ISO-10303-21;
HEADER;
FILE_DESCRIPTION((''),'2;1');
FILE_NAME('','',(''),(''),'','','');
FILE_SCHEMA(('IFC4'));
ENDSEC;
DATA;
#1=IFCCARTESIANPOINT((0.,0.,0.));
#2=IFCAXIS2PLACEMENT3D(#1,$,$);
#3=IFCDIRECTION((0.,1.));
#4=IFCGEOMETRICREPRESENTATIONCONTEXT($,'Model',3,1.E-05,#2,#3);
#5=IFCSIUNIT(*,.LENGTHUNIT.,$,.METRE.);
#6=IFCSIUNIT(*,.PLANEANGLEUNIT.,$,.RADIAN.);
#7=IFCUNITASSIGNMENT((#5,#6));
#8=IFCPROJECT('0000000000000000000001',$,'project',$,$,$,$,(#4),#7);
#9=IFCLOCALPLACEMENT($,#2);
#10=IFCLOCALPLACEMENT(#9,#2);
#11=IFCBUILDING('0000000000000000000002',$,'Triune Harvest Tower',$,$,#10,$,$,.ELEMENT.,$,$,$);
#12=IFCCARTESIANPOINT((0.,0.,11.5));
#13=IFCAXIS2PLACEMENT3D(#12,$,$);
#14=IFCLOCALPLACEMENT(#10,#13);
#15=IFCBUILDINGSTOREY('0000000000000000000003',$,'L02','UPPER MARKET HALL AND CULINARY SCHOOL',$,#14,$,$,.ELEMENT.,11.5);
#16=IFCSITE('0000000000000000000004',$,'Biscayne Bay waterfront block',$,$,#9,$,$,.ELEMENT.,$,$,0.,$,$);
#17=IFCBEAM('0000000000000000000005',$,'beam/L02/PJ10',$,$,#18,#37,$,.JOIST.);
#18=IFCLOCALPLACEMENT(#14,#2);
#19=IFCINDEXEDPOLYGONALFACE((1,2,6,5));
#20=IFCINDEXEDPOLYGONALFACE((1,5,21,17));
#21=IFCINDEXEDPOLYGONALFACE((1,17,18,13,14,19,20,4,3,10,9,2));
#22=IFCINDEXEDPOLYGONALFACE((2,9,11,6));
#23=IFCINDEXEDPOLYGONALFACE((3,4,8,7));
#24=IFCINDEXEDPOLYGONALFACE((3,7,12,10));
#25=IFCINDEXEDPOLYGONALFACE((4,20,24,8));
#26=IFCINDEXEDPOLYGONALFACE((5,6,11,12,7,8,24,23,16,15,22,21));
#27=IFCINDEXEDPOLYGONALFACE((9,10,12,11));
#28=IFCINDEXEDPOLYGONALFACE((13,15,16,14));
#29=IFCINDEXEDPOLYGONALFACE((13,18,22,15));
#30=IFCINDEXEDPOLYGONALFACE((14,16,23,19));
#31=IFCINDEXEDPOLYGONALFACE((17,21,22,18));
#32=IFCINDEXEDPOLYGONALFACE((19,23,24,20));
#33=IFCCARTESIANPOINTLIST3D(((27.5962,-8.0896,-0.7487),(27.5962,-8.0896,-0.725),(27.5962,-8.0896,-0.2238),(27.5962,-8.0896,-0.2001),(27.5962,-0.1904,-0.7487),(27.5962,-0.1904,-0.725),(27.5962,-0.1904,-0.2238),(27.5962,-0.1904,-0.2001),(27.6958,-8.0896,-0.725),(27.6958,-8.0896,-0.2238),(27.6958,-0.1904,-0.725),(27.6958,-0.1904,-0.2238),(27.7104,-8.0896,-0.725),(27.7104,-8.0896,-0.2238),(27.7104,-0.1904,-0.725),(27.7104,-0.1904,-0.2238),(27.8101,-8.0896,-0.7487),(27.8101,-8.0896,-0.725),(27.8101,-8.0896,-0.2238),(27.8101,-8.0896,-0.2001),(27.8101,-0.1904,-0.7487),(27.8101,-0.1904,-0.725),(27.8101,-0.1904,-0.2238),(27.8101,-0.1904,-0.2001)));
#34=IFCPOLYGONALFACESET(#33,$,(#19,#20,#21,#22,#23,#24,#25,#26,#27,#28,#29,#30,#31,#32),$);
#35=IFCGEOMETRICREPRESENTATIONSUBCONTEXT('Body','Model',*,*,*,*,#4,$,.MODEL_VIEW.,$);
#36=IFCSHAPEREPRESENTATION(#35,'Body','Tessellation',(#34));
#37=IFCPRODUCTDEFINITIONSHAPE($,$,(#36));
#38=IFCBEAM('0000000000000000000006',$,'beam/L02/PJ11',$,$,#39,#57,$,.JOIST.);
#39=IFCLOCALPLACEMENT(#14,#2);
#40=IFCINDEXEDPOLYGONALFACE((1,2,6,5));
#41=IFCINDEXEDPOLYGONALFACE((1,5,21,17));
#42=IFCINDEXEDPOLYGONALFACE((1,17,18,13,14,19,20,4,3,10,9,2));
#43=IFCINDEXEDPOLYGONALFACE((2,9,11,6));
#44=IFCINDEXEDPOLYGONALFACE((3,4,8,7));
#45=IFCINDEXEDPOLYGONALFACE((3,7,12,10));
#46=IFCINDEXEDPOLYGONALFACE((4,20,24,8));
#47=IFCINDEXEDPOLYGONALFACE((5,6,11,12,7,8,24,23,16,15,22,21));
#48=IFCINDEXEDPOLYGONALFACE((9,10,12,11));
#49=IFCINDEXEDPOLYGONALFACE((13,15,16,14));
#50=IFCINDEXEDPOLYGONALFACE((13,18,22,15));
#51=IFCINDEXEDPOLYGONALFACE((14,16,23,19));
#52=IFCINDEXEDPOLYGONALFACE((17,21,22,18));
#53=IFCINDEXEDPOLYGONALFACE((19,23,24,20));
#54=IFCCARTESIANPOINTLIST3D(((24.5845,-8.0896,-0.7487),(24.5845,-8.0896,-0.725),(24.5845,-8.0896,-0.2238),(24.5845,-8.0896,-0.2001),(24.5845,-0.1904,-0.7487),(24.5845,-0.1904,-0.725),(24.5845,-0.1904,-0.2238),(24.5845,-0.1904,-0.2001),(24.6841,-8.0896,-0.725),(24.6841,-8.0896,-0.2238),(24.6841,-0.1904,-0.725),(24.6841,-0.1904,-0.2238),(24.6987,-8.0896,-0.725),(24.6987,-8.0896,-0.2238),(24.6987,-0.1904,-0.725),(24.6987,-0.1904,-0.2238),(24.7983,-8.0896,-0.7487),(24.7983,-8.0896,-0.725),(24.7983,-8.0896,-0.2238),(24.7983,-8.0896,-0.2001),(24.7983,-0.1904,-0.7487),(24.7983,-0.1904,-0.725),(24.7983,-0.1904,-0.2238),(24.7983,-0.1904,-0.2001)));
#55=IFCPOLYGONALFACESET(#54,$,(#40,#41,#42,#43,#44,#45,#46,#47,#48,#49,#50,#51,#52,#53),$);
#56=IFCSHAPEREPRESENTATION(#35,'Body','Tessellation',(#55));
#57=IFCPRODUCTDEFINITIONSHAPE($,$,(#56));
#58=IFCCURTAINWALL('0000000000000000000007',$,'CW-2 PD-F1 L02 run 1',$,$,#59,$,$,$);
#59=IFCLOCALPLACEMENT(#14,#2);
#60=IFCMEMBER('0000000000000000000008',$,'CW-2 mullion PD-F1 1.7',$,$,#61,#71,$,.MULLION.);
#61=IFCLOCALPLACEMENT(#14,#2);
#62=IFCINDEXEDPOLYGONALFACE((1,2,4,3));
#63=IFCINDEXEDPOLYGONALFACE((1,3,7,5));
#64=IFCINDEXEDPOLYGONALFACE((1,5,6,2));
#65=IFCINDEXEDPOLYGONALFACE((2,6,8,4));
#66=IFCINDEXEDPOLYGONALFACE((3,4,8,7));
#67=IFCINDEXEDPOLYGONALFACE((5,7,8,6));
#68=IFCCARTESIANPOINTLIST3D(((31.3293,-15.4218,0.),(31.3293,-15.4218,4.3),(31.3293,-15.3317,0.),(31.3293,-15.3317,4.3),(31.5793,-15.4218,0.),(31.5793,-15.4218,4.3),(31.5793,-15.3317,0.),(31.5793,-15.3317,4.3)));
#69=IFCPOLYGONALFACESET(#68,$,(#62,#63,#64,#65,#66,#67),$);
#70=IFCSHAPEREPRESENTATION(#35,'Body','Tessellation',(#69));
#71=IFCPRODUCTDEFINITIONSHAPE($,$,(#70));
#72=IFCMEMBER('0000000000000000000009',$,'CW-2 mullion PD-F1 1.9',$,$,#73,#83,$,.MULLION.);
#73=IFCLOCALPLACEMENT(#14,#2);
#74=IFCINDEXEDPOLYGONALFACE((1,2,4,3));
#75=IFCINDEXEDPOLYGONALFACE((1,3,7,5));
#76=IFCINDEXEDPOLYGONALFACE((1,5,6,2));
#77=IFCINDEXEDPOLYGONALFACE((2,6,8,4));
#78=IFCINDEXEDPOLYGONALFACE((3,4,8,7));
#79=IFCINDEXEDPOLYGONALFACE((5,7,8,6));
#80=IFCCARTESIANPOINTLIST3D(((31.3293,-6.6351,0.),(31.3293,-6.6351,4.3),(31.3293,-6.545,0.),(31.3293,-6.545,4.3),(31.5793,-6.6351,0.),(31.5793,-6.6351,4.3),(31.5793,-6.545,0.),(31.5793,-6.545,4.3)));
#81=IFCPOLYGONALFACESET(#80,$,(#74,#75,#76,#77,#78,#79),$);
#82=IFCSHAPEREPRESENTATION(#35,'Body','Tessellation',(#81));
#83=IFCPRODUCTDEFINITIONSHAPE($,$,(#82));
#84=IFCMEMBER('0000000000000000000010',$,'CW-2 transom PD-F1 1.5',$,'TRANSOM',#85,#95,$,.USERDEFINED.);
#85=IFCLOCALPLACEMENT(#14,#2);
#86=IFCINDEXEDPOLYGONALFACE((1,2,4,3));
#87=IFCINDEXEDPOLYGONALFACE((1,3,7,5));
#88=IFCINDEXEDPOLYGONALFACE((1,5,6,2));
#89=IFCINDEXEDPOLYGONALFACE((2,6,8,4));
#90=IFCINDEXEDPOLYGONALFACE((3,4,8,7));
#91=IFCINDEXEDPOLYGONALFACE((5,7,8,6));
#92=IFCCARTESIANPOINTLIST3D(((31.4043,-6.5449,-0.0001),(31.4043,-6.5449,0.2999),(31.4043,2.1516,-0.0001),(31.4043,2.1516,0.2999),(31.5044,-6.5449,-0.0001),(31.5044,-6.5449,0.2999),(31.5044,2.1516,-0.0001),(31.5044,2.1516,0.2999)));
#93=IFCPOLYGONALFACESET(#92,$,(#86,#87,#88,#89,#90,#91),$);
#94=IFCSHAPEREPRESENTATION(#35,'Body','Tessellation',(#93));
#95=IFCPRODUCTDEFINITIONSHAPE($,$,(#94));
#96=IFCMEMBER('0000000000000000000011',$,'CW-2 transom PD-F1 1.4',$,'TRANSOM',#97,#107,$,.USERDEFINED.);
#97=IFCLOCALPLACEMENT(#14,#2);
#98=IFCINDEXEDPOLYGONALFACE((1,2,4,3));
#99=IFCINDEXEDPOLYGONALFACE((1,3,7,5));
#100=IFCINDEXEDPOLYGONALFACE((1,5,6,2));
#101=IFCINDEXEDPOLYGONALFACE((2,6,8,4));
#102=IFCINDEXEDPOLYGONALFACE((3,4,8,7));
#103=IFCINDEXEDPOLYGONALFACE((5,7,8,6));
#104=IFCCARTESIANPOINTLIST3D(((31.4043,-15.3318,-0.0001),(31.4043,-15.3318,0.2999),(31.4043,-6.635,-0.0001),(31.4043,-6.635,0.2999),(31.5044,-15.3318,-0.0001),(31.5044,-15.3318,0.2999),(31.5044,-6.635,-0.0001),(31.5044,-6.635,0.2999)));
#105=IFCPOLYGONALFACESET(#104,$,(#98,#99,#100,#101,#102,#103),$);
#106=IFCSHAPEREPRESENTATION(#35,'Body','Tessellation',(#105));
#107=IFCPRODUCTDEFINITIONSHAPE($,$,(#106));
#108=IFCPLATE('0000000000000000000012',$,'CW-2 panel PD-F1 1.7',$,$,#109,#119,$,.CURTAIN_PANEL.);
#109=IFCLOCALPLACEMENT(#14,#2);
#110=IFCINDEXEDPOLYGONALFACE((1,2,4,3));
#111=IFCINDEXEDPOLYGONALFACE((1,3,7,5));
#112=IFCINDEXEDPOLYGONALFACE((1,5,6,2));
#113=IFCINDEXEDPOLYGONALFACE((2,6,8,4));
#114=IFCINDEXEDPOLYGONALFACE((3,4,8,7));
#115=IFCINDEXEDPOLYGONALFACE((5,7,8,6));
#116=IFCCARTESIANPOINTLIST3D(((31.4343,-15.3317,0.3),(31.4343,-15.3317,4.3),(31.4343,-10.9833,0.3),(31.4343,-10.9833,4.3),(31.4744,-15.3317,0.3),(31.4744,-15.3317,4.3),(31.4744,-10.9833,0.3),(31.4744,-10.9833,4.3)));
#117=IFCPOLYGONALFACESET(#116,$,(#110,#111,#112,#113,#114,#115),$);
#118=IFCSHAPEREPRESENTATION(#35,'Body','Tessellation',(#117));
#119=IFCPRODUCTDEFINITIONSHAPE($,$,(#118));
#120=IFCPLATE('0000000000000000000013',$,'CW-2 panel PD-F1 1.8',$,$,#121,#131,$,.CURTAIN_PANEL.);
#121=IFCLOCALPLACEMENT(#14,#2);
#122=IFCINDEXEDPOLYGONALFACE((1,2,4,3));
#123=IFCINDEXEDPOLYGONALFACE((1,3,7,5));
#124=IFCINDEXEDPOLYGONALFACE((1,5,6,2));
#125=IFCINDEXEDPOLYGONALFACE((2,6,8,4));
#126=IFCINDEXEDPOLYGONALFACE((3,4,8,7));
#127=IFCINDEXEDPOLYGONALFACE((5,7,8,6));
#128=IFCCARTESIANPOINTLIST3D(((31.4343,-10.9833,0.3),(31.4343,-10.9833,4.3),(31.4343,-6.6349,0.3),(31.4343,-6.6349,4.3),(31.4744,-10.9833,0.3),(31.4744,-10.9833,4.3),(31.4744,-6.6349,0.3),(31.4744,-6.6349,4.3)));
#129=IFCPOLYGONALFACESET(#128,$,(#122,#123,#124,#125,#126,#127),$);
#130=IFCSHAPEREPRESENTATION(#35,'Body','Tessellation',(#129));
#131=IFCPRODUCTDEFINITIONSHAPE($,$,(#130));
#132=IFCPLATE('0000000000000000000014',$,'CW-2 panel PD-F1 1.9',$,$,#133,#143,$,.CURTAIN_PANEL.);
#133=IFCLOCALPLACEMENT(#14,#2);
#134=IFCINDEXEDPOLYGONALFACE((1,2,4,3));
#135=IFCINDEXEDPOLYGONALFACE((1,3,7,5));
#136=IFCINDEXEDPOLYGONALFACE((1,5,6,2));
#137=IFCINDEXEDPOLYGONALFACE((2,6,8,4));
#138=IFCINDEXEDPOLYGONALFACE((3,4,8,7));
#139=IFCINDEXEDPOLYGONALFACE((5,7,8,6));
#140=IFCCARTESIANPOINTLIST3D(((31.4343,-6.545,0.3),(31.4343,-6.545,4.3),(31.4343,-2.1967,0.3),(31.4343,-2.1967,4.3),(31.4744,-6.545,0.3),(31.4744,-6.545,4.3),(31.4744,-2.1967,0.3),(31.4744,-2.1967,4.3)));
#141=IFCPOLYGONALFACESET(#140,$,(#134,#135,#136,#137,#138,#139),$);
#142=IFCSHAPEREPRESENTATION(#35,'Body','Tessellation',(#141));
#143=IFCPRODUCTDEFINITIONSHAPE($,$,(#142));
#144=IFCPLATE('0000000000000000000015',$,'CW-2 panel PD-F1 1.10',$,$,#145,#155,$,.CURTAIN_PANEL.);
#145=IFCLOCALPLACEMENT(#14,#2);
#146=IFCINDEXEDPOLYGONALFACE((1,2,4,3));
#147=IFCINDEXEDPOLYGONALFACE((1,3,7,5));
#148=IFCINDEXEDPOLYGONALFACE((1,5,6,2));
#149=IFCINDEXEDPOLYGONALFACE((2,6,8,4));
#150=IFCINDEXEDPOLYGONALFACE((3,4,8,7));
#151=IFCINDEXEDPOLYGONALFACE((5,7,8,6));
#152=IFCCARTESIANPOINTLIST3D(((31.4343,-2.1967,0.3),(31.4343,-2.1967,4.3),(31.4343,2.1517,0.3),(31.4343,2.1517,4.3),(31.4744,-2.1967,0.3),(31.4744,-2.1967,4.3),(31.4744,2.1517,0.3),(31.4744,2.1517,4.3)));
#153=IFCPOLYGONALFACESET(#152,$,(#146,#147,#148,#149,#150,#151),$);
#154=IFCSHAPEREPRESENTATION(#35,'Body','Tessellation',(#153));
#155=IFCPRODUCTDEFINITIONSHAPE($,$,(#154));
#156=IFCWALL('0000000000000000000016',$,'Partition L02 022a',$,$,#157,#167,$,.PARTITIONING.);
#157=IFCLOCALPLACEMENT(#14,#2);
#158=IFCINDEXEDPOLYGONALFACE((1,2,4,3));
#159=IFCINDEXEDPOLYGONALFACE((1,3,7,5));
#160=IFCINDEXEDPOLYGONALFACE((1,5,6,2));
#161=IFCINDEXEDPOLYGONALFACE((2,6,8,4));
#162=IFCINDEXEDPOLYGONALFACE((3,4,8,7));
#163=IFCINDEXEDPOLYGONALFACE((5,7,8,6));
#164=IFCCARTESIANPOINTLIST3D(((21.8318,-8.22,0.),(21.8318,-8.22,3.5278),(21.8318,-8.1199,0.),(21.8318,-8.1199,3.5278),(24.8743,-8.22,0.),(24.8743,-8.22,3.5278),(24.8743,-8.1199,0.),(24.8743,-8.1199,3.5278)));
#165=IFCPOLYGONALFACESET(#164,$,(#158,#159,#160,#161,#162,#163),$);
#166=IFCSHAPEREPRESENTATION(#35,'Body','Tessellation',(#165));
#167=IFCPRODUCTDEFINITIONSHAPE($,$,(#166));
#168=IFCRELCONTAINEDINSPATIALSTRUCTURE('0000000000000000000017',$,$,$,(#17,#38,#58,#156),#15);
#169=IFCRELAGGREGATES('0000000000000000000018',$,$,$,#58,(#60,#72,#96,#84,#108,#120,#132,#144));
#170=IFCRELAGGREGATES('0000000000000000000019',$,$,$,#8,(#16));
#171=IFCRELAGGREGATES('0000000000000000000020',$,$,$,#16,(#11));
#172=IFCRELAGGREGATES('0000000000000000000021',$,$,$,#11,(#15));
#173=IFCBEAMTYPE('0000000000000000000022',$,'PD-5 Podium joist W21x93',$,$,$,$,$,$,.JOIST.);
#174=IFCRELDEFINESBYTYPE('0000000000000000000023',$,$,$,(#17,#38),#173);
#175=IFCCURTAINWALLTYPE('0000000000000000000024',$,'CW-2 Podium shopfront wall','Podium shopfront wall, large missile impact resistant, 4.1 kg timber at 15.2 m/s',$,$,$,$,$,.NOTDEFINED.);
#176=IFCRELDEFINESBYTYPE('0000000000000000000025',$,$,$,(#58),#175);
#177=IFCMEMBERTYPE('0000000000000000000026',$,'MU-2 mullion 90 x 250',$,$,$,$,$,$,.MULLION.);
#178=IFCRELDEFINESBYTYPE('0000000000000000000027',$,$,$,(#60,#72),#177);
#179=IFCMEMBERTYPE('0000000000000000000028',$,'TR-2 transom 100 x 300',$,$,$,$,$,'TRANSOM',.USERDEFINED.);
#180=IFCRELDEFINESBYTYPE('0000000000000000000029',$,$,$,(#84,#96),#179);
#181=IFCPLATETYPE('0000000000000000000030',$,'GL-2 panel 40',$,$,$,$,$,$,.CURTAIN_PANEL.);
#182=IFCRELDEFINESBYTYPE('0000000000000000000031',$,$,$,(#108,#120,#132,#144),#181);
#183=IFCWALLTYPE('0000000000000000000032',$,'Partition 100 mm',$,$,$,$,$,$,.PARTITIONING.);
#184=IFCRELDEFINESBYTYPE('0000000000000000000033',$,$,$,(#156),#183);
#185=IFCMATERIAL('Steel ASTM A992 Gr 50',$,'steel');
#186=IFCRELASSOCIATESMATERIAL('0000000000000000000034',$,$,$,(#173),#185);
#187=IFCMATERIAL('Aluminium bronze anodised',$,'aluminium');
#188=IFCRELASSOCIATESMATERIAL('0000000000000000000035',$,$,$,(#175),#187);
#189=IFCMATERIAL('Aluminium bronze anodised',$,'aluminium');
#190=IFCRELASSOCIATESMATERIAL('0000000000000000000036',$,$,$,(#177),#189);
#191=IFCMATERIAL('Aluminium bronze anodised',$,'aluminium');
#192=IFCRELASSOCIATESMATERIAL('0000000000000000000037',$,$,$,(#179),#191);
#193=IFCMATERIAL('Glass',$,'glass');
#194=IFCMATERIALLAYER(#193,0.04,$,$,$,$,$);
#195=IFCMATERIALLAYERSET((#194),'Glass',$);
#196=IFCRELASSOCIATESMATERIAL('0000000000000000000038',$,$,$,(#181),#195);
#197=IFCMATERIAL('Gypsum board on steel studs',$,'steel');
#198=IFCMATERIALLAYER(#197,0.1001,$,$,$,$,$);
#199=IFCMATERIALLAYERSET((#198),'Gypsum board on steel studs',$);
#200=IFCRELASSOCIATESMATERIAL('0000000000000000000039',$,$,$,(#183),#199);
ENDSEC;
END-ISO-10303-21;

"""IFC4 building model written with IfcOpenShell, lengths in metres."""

from ifc_helpers import new_model, si_unit, direction, frame, frame_2d, origin, origin_2d, place, context, subcontext, project, spatial, rectangle, i_section, extrude, source, transform, mapped, material, layer, layer_set, material_profile, profile_set, type_object, element, aggregate, save


model = new_model("IFC4")

# Units and contexts
model_context = context("Model", 3, precision=1e-05, world=origin(), true_north=direction((0.0, 1.0)))
body_context = subcontext(model_context, "Body", "Model", "MODEL_VIEW")
ifc_project = project(units=[si_unit("LENGTHUNIT", "METRE"), si_unit("PLANEANGLEUNIT", "RADIAN")], contexts=[model_context])

# Site, building, storey
site_placement = place(None, origin())
site = spatial("IfcSite", under=ifc_project, at=site_placement, Name="Biscayne Bay waterfront block", CompositionType="ELEMENT", RefElevation=0.0)
building_placement = place(site_placement, origin())
building = spatial("IfcBuilding", under=site, at=building_placement, Name="Triune Harvest Tower", CompositionType="ELEMENT")
storey_placement = place(building_placement, frame((0.0, 0.0, 11.5)))
storey = spatial("IfcBuildingStorey", under=building, at=storey_placement, Name="L02", Description="UPPER MARKET HALL AND CULINARY SCHOOL", CompositionType="ELEMENT", Elevation=11.5)

# Beams
ifc_material_1 = material(Name="Steel ASTM A992 Gr 50", Category="steel")
ifc_material_profile_1 = material_profile(ifc_material_1, i_section(OverallWidth=0.2139, OverallDepth=0.5486, WebThickness=0.0146, FlangeThickness=0.0237, at=origin_2d()), Name="W21x93")
ifc_profile_set_1 = profile_set([ifc_material_profile_1], Name="Steel ASTM A992 Gr 50")
beam_type_1 = type_object("IfcBeamType", Name="PD-5 Podium joist W21x93", PredefinedType="JOIST", material=ifc_profile_set_1)
shared_shape_1 = source(origin(), body_context, "Body", "SweptSolid", [
    extrude(i_section(OverallWidth=0.2139, OverallDepth=0.5486, WebThickness=0.0146, FlangeThickness=0.0237, at=origin_2d()), origin(), (0.0, 0.0, 1.0), 7.8992),
])
for number, where, z_axis, x_axis, name in (
    (1, (27.7031, -8.0896, -0.4744), (0.0, 1.0, 0.0), (-1.0, 0.0, 0.0), "beam/L02/PJ10"),
    (2, (24.6914, -8.0896, -0.4744), (0.0, 1.0, 0.0), (-1.0, 0.0, 0.0), "beam/L02/PJ11"),
):
    element("IfcBeam", number, at=place(storey_placement, frame(where, z_axis=z_axis, x_axis=x_axis)), inside=storey, type_object=beam_type_1, Name=name, PredefinedType="JOIST", context=body_context, shape_type="MappedRepresentation", body=[
        mapped(shared_shape_1, transform((0.0, 0.0, 0.0), scale=1.0)),
    ])

# Curtain wall, members, plates
ifc_material_2 = material(Name="Aluminium bronze anodised", Category="aluminium")
curtain_wall_type = type_object("IfcCurtainWallType", Name="CW-2 Podium shopfront wall", Description="Podium shopfront wall, large missile impact resistant, 4.1 kg timber at 15.2 m/s", PredefinedType="NOTDEFINED", material=ifc_material_2)
curtain_wall_placement = place(storey_placement, origin())
curtain_wall = element("IfcCurtainWall", 3, at=curtain_wall_placement, inside=storey, type_object=curtain_wall_type, Name="CW-2 PD-F1 L02 run 1")
ifc_material_3 = material(Name="Aluminium bronze anodised", Category="aluminium")
ifc_material_profile_2 = material_profile(ifc_material_3, rectangle(XDim=0.25, YDim=0.0901, at=origin_2d()), Name="MU-2 mullion 90 x 250")
ifc_profile_set_2 = profile_set([ifc_material_profile_2], Name="Aluminium bronze anodised")
member_type_1 = type_object("IfcMemberType", Name="MU-2 mullion 90 x 250", PredefinedType="MULLION", material=ifc_profile_set_2)
shared_shape_2 = source(origin(), body_context, "Body", "SweptSolid", [
    extrude(rectangle(XDim=0.25, YDim=0.0901, at=origin_2d()), origin(), (0.0, 0.0, 1.0), 4.3),
])
member_1_placement = place(storey_placement, frame((31.4543, -15.3767, 0.0), z_axis=(0.0, 0.0, 1.0), x_axis=(-1.0, 0.0, 0.0)))
member_1 = element("IfcMember", 4, at=member_1_placement, type_object=member_type_1, Name="CW-2 mullion PD-F1 1.7", PredefinedType="MULLION", context=body_context, shape_type="MappedRepresentation", body=[
    mapped(shared_shape_2, transform((0.0, 0.0, 0.0), scale=1.0)),
])
member_2_placement = place(storey_placement, frame((31.4543, -6.5901, 0.0), z_axis=(0.0, 0.0, 1.0), x_axis=(-1.0, 0.0, 0.0)))
member_2 = element("IfcMember", 5, at=member_2_placement, type_object=member_type_1, Name="CW-2 mullion PD-F1 1.9", PredefinedType="MULLION", context=body_context, shape_type="MappedRepresentation", body=[
    mapped(shared_shape_2, transform((0.0, 0.0, 0.0), scale=1.0)),
])
ifc_material_4 = material(Name="Aluminium bronze anodised", Category="aluminium")
ifc_material_profile_3 = material_profile(ifc_material_4, rectangle(XDim=0.1001, YDim=0.3, at=origin_2d()), Name="TR-2 transom 100 x 300")
ifc_profile_set_3 = profile_set([ifc_material_profile_3], Name="Aluminium bronze anodised")
member_type_2 = type_object("IfcMemberType", Name="TR-2 transom 100 x 300", ElementType="TRANSOM", PredefinedType="USERDEFINED", material=ifc_profile_set_3)
shared_shape_3 = source(origin(), body_context, "Body", "SweptSolid", [
    extrude(rectangle(XDim=0.1001, YDim=0.3, at=origin_2d()), origin(), (0.0, 0.0, 1.0), 8.6965),
])
member_3_placement = place(storey_placement, frame((31.4543, -6.5449, 0.1499), z_axis=(0.0, 1.0, 0.0), x_axis=(-1.0, 0.0, 0.0)))
member_3 = element("IfcMember", 6, at=member_3_placement, type_object=member_type_2, Name="CW-2 transom PD-F1 1.5", ObjectType="TRANSOM", PredefinedType="USERDEFINED", context=body_context, shape_type="MappedRepresentation", body=[
    mapped(shared_shape_3, transform((0.0, 0.0, 0.0), scale=1.0)),
])
shared_shape_4 = source(origin(), body_context, "Body", "SweptSolid", [
    extrude(rectangle(XDim=0.1001, YDim=0.3, at=origin_2d()), origin(), (0.0, 0.0, 1.0), 8.6968),
])
member_4_placement = place(storey_placement, frame((31.4543, -15.3318, 0.1499), z_axis=(0.0, 1.0, 0.0), x_axis=(-1.0, 0.0, 0.0)))
member_4 = element("IfcMember", 7, at=member_4_placement, type_object=member_type_2, Name="CW-2 transom PD-F1 1.4", ObjectType="TRANSOM", PredefinedType="USERDEFINED", context=body_context, shape_type="MappedRepresentation", body=[
    mapped(shared_shape_4, transform((0.0, 0.0, 0.0), scale=1.0)),
])
ifc_material_5 = material(Name="Glass", Category="glass")
ifc_layer_1 = layer(ifc_material_5, 0.04)
ifc_layer_set_1 = layer_set([ifc_layer_1], Name="Glass")
plate_type = type_object("IfcPlateType", Name="GL-2 panel 40", PredefinedType="CURTAIN_PANEL", material=ifc_layer_set_1)
shared_shape_5 = source(origin(), body_context, "Body", "SweptSolid", [
    extrude(rectangle(XDim=4.3484, YDim=0.04, at=origin_2d()), origin(), (0.0, 0.0, 1.0), 4.0),
])
plate_1_placement = place(storey_placement, frame((31.4543, -13.1575, 0.3), z_axis=(0.0, 0.0, 1.0), x_axis=(0.0, 1.0, 0.0)))
plate_1 = element("IfcPlate", 8, at=plate_1_placement, type_object=plate_type, Name="CW-2 panel PD-F1 1.7", PredefinedType="CURTAIN_PANEL", context=body_context, shape_type="MappedRepresentation", body=[
    mapped(shared_shape_5, transform((0.0, 0.0, 0.0), scale=1.0)),
])
plate_2_placement = place(storey_placement, frame((31.4543, -8.8091, 0.3), z_axis=(0.0, 0.0, 1.0), x_axis=(0.0, 1.0, 0.0)))
plate_2 = element("IfcPlate", 9, at=plate_2_placement, type_object=plate_type, Name="CW-2 panel PD-F1 1.8", PredefinedType="CURTAIN_PANEL", context=body_context, shape_type="MappedRepresentation", body=[
    mapped(shared_shape_5, transform((0.0, 0.0, 0.0), scale=1.0)),
])
plate_3_placement = place(storey_placement, frame((31.4543, -4.3708, 0.3), z_axis=(0.0, 0.0, 1.0), x_axis=(0.0, 1.0, 0.0)))
plate_3 = element("IfcPlate", 10, at=plate_3_placement, type_object=plate_type, Name="CW-2 panel PD-F1 1.9", PredefinedType="CURTAIN_PANEL", context=body_context, shape_type="MappedRepresentation", body=[
    mapped(shared_shape_5, transform((0.0, 0.0, 0.0), scale=1.0)),
])
plate_4_placement = place(storey_placement, frame((31.4543, -0.0225, 0.3), z_axis=(0.0, 0.0, 1.0), x_axis=(0.0, 1.0, 0.0)))
plate_4 = element("IfcPlate", 11, at=plate_4_placement, type_object=plate_type, Name="CW-2 panel PD-F1 1.10", PredefinedType="CURTAIN_PANEL", context=body_context, shape_type="MappedRepresentation", body=[
    mapped(shared_shape_5, transform((0.0, 0.0, 0.0), scale=1.0)),
])
aggregate(curtain_wall, [member_1, member_2, member_4, member_3, plate_1, plate_2, plate_3, plate_4])

# Wall
ifc_material_6 = material(Name="Gypsum board on steel studs", Category="steel")
ifc_layer_2 = layer(ifc_material_6, 0.1001)
ifc_layer_set_2 = layer_set([ifc_layer_2], Name="Gypsum board on steel studs")
wall_type = type_object("IfcWallType", Name="Partition 100 mm", PredefinedType="PARTITIONING", material=ifc_layer_set_2)
wall_placement = place(storey_placement, frame((21.8318, -8.1699, 0.0), z_axis=(0.0, 0.0, 1.0), x_axis=(1.0, 0.0, 0.0)))
element("IfcWall", 12, at=wall_placement, inside=storey, type_object=wall_type, Name="Partition L02 022a", PredefinedType="PARTITIONING", context=body_context, shape_type="SweptSolid", body=[
    extrude(rectangle(XDim=3.0425, YDim=0.1001, at=frame_2d((1.5212, 0.0))), origin(), (0.0, 0.0, 1.0), 3.5278),
])

save(model, "model.ifc")
